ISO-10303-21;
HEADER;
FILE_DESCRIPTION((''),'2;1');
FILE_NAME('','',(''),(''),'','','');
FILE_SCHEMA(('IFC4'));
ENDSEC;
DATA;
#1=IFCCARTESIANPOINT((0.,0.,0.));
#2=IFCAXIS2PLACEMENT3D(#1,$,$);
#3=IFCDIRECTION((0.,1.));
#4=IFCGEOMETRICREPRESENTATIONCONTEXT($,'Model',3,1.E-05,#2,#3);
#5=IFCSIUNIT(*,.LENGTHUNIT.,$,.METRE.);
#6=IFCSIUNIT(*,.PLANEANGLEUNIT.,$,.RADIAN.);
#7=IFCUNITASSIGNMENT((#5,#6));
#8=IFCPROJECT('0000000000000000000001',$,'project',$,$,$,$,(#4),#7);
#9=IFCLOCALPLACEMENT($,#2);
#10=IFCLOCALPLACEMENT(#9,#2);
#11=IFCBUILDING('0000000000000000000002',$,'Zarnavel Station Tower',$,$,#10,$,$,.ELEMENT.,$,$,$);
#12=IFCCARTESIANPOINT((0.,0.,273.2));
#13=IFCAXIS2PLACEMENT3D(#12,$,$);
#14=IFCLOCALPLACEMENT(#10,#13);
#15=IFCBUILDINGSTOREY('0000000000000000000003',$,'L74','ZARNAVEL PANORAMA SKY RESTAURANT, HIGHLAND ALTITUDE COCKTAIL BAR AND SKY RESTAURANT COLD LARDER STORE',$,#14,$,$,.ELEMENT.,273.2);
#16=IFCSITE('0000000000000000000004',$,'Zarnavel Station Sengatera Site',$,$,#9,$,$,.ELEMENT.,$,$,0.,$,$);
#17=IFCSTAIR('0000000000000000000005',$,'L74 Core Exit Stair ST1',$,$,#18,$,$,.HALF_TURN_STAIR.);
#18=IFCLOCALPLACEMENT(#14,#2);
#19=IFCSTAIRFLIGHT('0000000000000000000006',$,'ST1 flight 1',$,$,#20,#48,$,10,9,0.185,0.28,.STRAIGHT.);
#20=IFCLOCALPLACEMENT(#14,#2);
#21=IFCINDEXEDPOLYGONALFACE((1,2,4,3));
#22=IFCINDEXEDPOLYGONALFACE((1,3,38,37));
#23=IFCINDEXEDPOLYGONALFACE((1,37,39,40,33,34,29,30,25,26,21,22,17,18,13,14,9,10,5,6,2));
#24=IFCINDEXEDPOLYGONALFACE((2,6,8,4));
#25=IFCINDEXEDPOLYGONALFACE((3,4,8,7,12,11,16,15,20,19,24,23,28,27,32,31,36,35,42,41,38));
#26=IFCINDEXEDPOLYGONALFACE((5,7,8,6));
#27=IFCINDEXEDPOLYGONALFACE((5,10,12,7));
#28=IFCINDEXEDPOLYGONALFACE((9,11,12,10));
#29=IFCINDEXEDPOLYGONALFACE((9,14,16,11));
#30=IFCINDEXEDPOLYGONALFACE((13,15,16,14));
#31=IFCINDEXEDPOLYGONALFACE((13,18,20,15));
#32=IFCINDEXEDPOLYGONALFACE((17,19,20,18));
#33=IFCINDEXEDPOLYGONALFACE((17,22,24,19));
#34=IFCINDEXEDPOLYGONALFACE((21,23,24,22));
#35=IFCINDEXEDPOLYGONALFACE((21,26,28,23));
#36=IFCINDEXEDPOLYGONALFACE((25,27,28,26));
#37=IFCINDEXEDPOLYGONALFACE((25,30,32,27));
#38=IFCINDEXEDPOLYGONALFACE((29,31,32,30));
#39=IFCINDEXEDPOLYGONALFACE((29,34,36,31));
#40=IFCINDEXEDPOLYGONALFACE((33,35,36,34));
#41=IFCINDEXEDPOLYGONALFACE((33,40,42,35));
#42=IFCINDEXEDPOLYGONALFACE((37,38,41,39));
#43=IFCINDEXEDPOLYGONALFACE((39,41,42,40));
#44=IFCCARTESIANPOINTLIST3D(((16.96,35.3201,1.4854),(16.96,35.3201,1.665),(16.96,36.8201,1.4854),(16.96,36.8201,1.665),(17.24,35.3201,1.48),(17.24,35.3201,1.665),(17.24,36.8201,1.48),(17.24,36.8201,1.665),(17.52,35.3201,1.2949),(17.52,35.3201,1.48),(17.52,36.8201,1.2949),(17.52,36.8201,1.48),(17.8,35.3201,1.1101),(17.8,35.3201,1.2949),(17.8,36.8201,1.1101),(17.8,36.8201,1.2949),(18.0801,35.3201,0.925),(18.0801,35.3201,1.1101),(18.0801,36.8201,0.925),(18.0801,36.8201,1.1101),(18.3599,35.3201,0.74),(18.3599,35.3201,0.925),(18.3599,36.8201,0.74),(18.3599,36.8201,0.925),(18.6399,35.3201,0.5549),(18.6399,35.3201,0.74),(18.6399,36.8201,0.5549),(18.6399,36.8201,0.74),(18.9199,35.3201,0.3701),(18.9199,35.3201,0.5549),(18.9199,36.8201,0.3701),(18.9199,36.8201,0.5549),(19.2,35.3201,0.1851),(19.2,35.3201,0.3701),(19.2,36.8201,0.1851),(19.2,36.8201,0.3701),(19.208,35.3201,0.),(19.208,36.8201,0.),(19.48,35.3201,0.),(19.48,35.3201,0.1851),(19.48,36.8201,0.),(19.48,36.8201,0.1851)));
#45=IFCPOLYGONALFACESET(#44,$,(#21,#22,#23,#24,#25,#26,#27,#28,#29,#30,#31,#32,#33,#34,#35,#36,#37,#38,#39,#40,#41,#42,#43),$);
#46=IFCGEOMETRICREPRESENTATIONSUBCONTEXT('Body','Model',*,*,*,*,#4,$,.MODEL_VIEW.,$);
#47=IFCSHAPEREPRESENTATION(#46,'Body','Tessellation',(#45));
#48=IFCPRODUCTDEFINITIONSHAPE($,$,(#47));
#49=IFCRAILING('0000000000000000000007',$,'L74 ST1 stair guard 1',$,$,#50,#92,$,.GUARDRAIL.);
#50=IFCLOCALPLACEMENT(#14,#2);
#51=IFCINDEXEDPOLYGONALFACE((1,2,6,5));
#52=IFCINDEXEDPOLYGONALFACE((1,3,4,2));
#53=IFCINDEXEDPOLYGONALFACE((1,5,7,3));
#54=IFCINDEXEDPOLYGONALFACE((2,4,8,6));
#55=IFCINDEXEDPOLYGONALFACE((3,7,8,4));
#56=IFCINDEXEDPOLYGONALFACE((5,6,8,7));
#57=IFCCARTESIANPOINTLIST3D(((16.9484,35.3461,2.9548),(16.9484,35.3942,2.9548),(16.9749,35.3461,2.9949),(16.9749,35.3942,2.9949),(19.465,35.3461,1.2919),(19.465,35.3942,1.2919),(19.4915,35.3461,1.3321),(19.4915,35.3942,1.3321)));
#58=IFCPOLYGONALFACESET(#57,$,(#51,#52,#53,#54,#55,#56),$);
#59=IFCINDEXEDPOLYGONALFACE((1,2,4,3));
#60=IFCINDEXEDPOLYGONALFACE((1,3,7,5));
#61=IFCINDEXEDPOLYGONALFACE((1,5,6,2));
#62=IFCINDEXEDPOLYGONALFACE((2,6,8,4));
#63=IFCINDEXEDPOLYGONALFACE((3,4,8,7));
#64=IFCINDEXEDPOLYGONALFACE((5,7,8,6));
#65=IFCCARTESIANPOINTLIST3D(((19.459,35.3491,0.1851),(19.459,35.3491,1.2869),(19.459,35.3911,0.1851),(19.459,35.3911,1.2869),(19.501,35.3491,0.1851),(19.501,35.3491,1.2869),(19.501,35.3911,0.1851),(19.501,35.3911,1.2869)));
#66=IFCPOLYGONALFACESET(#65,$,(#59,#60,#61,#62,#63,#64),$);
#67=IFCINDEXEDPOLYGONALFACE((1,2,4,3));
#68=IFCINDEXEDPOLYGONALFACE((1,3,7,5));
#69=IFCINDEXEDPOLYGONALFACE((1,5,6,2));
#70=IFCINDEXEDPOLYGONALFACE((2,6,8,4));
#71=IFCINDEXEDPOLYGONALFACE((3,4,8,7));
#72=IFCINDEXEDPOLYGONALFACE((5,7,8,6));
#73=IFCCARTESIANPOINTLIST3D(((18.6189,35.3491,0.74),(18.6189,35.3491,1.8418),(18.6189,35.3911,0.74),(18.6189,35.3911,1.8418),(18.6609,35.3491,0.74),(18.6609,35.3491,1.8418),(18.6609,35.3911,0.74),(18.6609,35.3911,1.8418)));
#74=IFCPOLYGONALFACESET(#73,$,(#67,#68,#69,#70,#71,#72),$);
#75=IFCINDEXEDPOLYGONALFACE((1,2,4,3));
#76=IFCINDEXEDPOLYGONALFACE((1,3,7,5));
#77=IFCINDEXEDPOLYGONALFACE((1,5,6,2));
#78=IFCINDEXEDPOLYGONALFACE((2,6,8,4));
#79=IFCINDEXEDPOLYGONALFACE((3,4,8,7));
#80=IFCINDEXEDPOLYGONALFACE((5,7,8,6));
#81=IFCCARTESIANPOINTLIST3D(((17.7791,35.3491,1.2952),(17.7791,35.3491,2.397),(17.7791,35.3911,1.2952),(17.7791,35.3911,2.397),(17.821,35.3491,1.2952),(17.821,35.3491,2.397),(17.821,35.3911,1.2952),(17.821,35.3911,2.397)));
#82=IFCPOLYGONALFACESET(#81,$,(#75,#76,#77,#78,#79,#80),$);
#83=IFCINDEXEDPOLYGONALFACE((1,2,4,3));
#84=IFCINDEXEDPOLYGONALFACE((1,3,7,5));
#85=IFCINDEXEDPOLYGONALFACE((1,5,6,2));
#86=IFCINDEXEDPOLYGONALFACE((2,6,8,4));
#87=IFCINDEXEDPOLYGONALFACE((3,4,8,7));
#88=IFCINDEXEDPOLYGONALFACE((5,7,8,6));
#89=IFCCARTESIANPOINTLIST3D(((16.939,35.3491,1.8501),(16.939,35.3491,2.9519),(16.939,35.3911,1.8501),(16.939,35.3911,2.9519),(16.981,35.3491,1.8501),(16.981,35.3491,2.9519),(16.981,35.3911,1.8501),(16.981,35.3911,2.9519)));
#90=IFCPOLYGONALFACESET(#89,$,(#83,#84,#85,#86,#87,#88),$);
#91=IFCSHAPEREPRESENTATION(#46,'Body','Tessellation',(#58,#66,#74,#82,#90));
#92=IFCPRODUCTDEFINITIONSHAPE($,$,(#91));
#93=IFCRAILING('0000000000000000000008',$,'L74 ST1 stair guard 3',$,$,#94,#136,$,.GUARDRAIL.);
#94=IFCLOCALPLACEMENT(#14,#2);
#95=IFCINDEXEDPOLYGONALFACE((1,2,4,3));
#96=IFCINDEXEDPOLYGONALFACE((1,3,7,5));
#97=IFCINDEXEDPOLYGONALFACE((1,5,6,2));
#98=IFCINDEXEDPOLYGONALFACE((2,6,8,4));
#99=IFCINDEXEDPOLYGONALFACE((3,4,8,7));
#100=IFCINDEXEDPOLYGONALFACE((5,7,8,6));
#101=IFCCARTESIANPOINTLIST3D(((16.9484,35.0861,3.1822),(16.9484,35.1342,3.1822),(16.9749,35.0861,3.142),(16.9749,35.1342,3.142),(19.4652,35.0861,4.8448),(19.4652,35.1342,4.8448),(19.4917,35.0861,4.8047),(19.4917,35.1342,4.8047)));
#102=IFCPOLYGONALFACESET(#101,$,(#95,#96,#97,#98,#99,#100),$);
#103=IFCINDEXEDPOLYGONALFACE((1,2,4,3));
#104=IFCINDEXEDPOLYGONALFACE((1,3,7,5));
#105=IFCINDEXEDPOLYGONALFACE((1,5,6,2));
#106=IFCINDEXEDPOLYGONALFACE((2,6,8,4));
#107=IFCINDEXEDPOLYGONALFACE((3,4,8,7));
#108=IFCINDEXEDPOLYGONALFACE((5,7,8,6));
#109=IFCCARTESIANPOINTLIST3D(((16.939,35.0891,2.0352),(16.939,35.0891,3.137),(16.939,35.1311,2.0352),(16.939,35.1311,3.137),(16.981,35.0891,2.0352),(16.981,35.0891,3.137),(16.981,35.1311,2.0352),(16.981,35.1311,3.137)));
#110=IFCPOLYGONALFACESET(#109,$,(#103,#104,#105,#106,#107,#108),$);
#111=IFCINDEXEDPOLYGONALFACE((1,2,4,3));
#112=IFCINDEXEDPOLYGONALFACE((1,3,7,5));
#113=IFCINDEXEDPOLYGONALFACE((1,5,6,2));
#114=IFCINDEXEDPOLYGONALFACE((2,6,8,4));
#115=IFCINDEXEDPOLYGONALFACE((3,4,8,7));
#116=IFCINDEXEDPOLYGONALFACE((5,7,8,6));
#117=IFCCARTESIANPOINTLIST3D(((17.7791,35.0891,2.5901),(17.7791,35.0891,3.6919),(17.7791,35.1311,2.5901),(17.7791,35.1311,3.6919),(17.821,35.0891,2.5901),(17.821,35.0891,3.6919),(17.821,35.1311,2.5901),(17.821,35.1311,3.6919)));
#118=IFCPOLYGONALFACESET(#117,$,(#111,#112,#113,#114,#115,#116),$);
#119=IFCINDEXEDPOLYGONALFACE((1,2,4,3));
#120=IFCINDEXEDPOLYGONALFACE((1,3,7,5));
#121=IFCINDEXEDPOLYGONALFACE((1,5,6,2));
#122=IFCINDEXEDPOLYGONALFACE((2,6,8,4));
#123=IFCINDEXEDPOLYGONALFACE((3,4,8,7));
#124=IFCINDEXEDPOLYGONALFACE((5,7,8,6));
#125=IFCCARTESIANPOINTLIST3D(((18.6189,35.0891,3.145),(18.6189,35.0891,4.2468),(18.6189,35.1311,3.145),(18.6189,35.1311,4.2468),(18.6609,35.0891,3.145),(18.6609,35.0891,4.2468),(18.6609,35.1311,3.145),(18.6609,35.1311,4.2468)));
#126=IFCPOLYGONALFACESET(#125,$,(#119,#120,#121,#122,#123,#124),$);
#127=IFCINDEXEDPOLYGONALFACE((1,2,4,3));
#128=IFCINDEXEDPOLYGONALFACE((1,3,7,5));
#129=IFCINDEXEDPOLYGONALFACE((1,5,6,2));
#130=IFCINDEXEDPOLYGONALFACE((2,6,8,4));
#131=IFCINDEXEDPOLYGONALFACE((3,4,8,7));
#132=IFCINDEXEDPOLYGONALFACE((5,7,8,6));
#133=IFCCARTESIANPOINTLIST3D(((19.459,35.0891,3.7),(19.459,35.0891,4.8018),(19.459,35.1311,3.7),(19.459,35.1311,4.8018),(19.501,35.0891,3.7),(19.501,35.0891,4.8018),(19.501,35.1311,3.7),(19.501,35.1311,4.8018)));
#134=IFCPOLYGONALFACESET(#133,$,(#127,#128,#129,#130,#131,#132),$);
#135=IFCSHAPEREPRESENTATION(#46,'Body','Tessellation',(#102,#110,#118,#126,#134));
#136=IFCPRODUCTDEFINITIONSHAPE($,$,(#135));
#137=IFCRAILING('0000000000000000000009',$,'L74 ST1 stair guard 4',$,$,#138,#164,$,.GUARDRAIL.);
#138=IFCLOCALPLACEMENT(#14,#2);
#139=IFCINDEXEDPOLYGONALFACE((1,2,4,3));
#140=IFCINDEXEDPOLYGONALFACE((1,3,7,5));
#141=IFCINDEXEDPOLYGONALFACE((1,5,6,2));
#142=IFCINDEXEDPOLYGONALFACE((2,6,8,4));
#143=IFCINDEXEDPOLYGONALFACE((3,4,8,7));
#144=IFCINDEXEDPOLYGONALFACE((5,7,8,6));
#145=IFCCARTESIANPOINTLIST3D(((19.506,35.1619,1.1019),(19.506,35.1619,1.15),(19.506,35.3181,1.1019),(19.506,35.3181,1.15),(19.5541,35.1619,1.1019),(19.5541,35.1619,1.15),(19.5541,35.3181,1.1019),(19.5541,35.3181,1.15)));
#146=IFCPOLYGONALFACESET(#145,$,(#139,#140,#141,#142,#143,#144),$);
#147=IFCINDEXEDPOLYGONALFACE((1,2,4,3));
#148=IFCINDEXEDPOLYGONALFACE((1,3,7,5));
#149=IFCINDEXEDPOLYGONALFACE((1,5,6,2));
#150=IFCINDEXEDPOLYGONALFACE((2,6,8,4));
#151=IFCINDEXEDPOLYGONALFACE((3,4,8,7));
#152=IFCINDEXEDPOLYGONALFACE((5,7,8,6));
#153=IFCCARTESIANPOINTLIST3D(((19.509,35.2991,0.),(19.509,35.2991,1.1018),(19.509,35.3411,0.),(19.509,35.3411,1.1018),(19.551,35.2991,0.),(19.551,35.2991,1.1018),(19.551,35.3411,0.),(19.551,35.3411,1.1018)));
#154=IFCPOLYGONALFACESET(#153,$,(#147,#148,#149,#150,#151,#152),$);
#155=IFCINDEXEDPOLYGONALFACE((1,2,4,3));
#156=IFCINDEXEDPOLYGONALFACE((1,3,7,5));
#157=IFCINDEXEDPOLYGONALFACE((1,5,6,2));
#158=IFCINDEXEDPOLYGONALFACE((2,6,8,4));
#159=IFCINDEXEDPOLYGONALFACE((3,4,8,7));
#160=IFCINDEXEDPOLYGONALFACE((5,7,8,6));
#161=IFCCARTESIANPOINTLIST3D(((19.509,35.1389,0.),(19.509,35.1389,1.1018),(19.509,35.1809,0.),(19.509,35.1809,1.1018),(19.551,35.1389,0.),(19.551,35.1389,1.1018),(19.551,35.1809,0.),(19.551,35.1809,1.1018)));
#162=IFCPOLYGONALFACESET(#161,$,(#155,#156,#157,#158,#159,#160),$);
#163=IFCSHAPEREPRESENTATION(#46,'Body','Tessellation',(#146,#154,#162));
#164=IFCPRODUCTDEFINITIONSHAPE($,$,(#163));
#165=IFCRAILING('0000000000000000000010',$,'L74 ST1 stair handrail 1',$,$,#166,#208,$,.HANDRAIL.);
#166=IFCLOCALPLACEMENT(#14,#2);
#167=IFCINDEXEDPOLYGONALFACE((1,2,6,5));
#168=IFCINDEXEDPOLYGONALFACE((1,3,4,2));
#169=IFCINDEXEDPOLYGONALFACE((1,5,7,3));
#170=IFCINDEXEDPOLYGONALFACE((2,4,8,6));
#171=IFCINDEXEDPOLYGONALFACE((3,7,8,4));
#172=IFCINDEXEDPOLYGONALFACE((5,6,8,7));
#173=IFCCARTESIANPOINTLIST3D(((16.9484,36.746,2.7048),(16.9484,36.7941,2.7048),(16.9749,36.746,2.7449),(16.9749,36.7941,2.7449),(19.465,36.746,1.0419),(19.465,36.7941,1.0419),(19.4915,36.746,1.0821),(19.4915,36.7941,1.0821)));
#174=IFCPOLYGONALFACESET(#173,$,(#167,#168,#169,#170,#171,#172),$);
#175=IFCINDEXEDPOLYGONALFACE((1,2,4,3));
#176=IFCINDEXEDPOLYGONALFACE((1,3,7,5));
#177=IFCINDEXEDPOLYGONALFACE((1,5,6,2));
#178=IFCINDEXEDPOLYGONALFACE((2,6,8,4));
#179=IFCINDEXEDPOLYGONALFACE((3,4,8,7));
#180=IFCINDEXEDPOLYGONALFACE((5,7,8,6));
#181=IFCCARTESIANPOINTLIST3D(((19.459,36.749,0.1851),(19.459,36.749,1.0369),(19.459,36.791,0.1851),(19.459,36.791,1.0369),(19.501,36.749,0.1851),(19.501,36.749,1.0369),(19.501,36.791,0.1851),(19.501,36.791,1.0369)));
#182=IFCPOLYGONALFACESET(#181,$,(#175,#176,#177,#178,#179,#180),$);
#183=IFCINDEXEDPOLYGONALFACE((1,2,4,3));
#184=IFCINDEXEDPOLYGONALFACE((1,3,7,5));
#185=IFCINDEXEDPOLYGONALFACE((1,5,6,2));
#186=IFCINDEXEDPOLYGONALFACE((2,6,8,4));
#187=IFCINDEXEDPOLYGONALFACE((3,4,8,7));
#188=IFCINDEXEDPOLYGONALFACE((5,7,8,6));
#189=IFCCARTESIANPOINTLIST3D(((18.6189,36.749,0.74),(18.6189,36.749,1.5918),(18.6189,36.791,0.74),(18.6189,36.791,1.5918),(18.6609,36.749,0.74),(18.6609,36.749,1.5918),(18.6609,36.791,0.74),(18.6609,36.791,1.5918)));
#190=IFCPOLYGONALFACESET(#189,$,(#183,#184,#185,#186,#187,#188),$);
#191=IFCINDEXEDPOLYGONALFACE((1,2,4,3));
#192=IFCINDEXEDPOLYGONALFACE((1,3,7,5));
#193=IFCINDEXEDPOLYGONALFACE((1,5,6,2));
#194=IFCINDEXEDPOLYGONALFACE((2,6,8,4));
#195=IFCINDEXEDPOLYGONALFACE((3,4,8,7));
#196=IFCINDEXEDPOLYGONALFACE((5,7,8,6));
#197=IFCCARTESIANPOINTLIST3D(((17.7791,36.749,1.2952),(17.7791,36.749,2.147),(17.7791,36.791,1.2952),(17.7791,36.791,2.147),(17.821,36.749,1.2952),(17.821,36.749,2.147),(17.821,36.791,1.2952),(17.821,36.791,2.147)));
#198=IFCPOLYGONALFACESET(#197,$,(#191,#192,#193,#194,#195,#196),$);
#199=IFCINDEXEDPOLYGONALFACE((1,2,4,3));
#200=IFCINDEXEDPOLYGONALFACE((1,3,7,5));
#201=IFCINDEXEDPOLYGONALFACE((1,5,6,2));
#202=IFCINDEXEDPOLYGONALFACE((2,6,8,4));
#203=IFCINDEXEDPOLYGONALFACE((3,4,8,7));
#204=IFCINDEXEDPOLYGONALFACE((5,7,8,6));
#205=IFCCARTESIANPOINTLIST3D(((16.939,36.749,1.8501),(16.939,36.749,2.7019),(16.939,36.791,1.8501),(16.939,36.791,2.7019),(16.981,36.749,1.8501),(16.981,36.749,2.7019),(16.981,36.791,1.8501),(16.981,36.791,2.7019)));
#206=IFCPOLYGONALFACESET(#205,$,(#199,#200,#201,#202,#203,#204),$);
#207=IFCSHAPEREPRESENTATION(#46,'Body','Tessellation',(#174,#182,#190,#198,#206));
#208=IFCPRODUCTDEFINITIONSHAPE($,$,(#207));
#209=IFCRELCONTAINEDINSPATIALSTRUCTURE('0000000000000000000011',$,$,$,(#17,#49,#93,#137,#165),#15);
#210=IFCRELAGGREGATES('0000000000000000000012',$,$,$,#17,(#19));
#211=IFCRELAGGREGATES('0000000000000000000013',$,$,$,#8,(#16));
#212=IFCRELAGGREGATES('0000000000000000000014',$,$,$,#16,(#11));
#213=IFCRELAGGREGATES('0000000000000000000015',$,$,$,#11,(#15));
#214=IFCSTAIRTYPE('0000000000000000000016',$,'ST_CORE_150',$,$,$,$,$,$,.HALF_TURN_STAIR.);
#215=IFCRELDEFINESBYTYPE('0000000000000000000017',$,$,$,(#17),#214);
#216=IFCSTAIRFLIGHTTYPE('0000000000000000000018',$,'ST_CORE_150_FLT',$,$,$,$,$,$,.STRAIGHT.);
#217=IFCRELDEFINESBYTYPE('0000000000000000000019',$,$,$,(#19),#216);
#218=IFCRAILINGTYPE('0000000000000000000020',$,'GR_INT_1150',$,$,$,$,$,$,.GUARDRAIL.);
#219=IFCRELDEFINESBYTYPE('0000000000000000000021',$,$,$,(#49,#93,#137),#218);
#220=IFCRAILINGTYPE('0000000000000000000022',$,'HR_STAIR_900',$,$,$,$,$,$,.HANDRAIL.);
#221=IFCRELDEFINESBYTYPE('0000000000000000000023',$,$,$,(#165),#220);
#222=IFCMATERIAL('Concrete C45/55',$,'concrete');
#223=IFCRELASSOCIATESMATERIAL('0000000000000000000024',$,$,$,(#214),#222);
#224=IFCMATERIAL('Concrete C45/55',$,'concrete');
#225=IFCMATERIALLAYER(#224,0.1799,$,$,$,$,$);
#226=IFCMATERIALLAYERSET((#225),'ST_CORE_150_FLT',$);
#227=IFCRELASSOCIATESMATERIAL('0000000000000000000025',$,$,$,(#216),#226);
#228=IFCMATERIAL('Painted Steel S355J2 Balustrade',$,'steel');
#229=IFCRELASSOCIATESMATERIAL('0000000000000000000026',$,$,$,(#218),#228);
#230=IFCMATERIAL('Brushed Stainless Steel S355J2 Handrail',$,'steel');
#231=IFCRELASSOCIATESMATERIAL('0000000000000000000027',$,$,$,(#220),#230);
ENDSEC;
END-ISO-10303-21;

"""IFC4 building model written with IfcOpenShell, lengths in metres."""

from ifc_helpers import new_model, si_unit, direction, frame, origin, origin_2d, place, context, subcontext, project, spatial, polyline, rectangle, outline, extrude, material, layer, layer_set, type_object, element, aggregate, save


model = new_model("IFC4")

# Units and contexts
model_context = context("Model", 3, precision=1e-05, world=origin(), true_north=direction((0.0, 1.0)))
body_context = subcontext(model_context, "Body", "Model", "MODEL_VIEW")
ifc_project = project(units=[si_unit("LENGTHUNIT", "METRE"), si_unit("PLANEANGLEUNIT", "RADIAN")], contexts=[model_context])

# Site, building, storey
site_placement = place(None, origin())
site = spatial("IfcSite", under=ifc_project, at=site_placement, Name="Zarnavel Station Sengatera Site", CompositionType="ELEMENT", RefElevation=0.0)
building_placement = place(site_placement, origin())
building = spatial("IfcBuilding", under=site, at=building_placement, Name="Zarnavel Station Tower", CompositionType="ELEMENT")
storey_placement = place(building_placement, frame((0.0, 0.0, 273.2)))
storey = spatial("IfcBuildingStorey", under=building, at=storey_placement, Name="L74", Description="ZARNAVEL PANORAMA SKY RESTAURANT, HIGHLAND ALTITUDE COCKTAIL BAR AND SKY RESTAURANT COLD LARDER STORE", CompositionType="ELEMENT", Elevation=273.2)

# Stair, stair flight
ifc_material_1 = material(Name="Concrete C45/55", Category="concrete")
stair_type = type_object("IfcStairType", Name="ST_CORE_150", PredefinedType="HALF_TURN_STAIR", material=ifc_material_1)
stair_placement = place(storey_placement, origin())
stair = element("IfcStair", 1, at=stair_placement, inside=storey, type_object=stair_type, Name="L74 Core Exit Stair ST1", PredefinedType="HALF_TURN_STAIR")
ifc_material_2 = material(Name="Concrete C45/55", Category="concrete")
ifc_layer_1 = layer(ifc_material_2, 0.1799)
ifc_layer_set_1 = layer_set([ifc_layer_1], Name="ST_CORE_150_FLT")
stair_flight_type = type_object("IfcStairFlightType", Name="ST_CORE_150_FLT", PredefinedType="STRAIGHT", material=ifc_layer_set_1)
stair_flight_placement = place(storey_placement, frame((19.48, 36.0701, 0.0), z_axis=(0.0, 0.0, 1.0), x_axis=(-1.0, 0.0, 0.0)))
stair_flight = element("IfcStairFlight", 2, at=stair_flight_placement, type_object=stair_flight_type, Name="ST1 flight 1", NumberOfRisers=10, NumberOfTreads=9, PredefinedType="STRAIGHT", RiserHeight=0.185, TreadLength=0.28, context=body_context, shape_type="SweptSolid", body=[
    extrude(outline(polyline([(0.0, 0.0), (0.0, 0.1851), (0.28, 0.1851), (0.28, 0.3701), (0.5601, 0.3701), (0.5601, 0.5549), (0.8401, 0.5549), (0.8401, 0.74), (1.1201, 0.74), (1.1201, 0.925), (1.3999, 0.925), (1.3999, 1.1101), (1.6799, 1.1101), (1.6799, 1.2949), (1.96, 1.2949), (1.96, 1.48), (2.24, 1.48), (2.24, 1.665), (2.52, 1.665), (2.52, 1.8501), (2.52, 1.4854), (0.272, 0.0), (0.0, 0.0)])), frame((0.0, 0.75, 0.0), z_axis=(0.0, -1.0, 0.0), x_axis=(1.0, 0.0, 0.0)), (0.0, 0.0, 1.0), 1.5),
])
aggregate(stair, [stair_flight])

# Railings
ifc_material_3 = material(Name="Painted Steel S355J2 Balustrade", Category="steel")
railing_type_1 = type_object("IfcRailingType", Name="GR_INT_1150", PredefinedType="GUARDRAIL", material=ifc_material_3)
railing_1_placement = place(storey_placement, frame((19.48, 35.3701, 0.1851)))
element("IfcRailing", 3, at=railing_1_placement, inside=storey, type_object=railing_type_1, Name="L74 ST1 stair guard 1", PredefinedType="GUARDRAIL", context=body_context, shape_type="SweptSolid", body=[
    extrude(rectangle(XDim=0.0481, YDim=0.0481, at=origin_2d()), frame((-0.0017, 0.0, 1.127), z_axis=(-0.834331, 0.0, 0.551263), x_axis=(0.0, -1.0, 0.0)), (0.0, 0.0, 1.0), 3.0164),
    extrude(rectangle(XDim=0.042, YDim=0.042, at=origin_2d()), origin(), (0.0, 0.0, 1.0), 1.1018),
    extrude(rectangle(XDim=0.042, YDim=0.042, at=origin_2d()), frame((-0.8401, 0.0, 0.5549)), (0.0, 0.0, 1.0), 1.1018),
    extrude(rectangle(XDim=0.042, YDim=0.042, at=origin_2d()), frame((-1.6799, 0.0, 1.1101)), (0.0, 0.0, 1.0), 1.1018),
    extrude(rectangle(XDim=0.042, YDim=0.042, at=origin_2d()), frame((-2.52, 0.0, 1.665)), (0.0, 0.0, 1.0), 1.1018),
])
railing_2_placement = place(storey_placement, frame((16.96, 35.1101, 2.0352)))
element("IfcRailing", 4, at=railing_2_placement, inside=storey, type_object=railing_type_1, Name="L74 ST1 stair guard 3", PredefinedType="GUARDRAIL", context=body_context, shape_type="SweptSolid", body=[
    extrude(rectangle(XDim=0.0481, YDim=0.0481, at=origin_2d()), frame((0.0017, 0.0, 1.127), z_axis=(0.834369, 0.0, 0.551207), x_axis=(0.0, 1.0, 0.0)), (0.0, 0.0, 1.0), 3.0164),
    extrude(rectangle(XDim=0.042, YDim=0.042, at=origin_2d()), origin(), (0.0, 0.0, 1.0), 1.1018),
    extrude(rectangle(XDim=0.042, YDim=0.042, at=origin_2d()), frame((0.8401, 0.0, 0.5549)), (0.0, 0.0, 1.0), 1.1018),
    extrude(rectangle(XDim=0.042, YDim=0.042, at=origin_2d()), frame((1.6799, 0.0, 1.1099)), (0.0, 0.0, 1.0), 1.1018),
    extrude(rectangle(XDim=0.042, YDim=0.042, at=origin_2d()), frame((2.52, 0.0, 1.6648)), (0.0, 0.0, 1.0), 1.1018),
])
railing_3_placement = place(storey_placement, frame((19.53, 35.3201, 0.0)))
element("IfcRailing", 5, at=railing_3_placement, inside=storey, type_object=railing_type_1, Name="L74 ST1 stair guard 4", PredefinedType="GUARDRAIL", context=body_context, shape_type="SweptSolid", body=[
    extrude(rectangle(XDim=0.0481, YDim=0.0481, at=origin_2d()), frame((0.0, -0.002, 1.126), z_axis=(0.0, -1.0, 0.0), x_axis=(1.0, 0.0, 0.0)), (0.0, 0.0, 1.0), 0.1562),
    extrude(rectangle(XDim=0.042, YDim=0.042, at=origin_2d()), origin(), (0.0, 0.0, 1.0), 1.1018),
    extrude(rectangle(XDim=0.042, YDim=0.042, at=origin_2d()), frame((0.0, -0.1602, 0.0)), (0.0, 0.0, 1.0), 1.1018),
])
ifc_material_4 = material(Name="Brushed Stainless Steel S355J2 Handrail", Category="steel")
railing_type_2 = type_object("IfcRailingType", Name="HR_STAIR_900", PredefinedType="HANDRAIL", material=ifc_material_4)
railing_4_placement = place(storey_placement, frame((19.48, 36.77, 0.1851)))
element("IfcRailing", 6, at=railing_4_placement, inside=storey, type_object=railing_type_2, Name="L74 ST1 stair handrail 1", PredefinedType="HANDRAIL", context=body_context, shape_type="SweptSolid", body=[
    extrude(rectangle(XDim=0.0481, YDim=0.0481, at=origin_2d()), frame((-0.0017, 0.0, 0.877), z_axis=(-0.834331, 0.0, 0.551263), x_axis=(0.0, -1.0, 0.0)), (0.0, 0.0, 1.0), 3.0164),
    extrude(rectangle(XDim=0.042, YDim=0.042, at=origin_2d()), origin(), (0.0, 0.0, 1.0), 0.8518),
    extrude(rectangle(XDim=0.042, YDim=0.042, at=origin_2d()), frame((-0.8401, 0.0, 0.5549)), (0.0, 0.0, 1.0), 0.8518),
    extrude(rectangle(XDim=0.042, YDim=0.042, at=origin_2d()), frame((-1.6799, 0.0, 1.1101)), (0.0, 0.0, 1.0), 0.8518),
    extrude(rectangle(XDim=0.042, YDim=0.042, at=origin_2d()), frame((-2.52, 0.0, 1.665)), (0.0, 0.0, 1.0), 0.8518),
])

save(model, "model.ifc")
